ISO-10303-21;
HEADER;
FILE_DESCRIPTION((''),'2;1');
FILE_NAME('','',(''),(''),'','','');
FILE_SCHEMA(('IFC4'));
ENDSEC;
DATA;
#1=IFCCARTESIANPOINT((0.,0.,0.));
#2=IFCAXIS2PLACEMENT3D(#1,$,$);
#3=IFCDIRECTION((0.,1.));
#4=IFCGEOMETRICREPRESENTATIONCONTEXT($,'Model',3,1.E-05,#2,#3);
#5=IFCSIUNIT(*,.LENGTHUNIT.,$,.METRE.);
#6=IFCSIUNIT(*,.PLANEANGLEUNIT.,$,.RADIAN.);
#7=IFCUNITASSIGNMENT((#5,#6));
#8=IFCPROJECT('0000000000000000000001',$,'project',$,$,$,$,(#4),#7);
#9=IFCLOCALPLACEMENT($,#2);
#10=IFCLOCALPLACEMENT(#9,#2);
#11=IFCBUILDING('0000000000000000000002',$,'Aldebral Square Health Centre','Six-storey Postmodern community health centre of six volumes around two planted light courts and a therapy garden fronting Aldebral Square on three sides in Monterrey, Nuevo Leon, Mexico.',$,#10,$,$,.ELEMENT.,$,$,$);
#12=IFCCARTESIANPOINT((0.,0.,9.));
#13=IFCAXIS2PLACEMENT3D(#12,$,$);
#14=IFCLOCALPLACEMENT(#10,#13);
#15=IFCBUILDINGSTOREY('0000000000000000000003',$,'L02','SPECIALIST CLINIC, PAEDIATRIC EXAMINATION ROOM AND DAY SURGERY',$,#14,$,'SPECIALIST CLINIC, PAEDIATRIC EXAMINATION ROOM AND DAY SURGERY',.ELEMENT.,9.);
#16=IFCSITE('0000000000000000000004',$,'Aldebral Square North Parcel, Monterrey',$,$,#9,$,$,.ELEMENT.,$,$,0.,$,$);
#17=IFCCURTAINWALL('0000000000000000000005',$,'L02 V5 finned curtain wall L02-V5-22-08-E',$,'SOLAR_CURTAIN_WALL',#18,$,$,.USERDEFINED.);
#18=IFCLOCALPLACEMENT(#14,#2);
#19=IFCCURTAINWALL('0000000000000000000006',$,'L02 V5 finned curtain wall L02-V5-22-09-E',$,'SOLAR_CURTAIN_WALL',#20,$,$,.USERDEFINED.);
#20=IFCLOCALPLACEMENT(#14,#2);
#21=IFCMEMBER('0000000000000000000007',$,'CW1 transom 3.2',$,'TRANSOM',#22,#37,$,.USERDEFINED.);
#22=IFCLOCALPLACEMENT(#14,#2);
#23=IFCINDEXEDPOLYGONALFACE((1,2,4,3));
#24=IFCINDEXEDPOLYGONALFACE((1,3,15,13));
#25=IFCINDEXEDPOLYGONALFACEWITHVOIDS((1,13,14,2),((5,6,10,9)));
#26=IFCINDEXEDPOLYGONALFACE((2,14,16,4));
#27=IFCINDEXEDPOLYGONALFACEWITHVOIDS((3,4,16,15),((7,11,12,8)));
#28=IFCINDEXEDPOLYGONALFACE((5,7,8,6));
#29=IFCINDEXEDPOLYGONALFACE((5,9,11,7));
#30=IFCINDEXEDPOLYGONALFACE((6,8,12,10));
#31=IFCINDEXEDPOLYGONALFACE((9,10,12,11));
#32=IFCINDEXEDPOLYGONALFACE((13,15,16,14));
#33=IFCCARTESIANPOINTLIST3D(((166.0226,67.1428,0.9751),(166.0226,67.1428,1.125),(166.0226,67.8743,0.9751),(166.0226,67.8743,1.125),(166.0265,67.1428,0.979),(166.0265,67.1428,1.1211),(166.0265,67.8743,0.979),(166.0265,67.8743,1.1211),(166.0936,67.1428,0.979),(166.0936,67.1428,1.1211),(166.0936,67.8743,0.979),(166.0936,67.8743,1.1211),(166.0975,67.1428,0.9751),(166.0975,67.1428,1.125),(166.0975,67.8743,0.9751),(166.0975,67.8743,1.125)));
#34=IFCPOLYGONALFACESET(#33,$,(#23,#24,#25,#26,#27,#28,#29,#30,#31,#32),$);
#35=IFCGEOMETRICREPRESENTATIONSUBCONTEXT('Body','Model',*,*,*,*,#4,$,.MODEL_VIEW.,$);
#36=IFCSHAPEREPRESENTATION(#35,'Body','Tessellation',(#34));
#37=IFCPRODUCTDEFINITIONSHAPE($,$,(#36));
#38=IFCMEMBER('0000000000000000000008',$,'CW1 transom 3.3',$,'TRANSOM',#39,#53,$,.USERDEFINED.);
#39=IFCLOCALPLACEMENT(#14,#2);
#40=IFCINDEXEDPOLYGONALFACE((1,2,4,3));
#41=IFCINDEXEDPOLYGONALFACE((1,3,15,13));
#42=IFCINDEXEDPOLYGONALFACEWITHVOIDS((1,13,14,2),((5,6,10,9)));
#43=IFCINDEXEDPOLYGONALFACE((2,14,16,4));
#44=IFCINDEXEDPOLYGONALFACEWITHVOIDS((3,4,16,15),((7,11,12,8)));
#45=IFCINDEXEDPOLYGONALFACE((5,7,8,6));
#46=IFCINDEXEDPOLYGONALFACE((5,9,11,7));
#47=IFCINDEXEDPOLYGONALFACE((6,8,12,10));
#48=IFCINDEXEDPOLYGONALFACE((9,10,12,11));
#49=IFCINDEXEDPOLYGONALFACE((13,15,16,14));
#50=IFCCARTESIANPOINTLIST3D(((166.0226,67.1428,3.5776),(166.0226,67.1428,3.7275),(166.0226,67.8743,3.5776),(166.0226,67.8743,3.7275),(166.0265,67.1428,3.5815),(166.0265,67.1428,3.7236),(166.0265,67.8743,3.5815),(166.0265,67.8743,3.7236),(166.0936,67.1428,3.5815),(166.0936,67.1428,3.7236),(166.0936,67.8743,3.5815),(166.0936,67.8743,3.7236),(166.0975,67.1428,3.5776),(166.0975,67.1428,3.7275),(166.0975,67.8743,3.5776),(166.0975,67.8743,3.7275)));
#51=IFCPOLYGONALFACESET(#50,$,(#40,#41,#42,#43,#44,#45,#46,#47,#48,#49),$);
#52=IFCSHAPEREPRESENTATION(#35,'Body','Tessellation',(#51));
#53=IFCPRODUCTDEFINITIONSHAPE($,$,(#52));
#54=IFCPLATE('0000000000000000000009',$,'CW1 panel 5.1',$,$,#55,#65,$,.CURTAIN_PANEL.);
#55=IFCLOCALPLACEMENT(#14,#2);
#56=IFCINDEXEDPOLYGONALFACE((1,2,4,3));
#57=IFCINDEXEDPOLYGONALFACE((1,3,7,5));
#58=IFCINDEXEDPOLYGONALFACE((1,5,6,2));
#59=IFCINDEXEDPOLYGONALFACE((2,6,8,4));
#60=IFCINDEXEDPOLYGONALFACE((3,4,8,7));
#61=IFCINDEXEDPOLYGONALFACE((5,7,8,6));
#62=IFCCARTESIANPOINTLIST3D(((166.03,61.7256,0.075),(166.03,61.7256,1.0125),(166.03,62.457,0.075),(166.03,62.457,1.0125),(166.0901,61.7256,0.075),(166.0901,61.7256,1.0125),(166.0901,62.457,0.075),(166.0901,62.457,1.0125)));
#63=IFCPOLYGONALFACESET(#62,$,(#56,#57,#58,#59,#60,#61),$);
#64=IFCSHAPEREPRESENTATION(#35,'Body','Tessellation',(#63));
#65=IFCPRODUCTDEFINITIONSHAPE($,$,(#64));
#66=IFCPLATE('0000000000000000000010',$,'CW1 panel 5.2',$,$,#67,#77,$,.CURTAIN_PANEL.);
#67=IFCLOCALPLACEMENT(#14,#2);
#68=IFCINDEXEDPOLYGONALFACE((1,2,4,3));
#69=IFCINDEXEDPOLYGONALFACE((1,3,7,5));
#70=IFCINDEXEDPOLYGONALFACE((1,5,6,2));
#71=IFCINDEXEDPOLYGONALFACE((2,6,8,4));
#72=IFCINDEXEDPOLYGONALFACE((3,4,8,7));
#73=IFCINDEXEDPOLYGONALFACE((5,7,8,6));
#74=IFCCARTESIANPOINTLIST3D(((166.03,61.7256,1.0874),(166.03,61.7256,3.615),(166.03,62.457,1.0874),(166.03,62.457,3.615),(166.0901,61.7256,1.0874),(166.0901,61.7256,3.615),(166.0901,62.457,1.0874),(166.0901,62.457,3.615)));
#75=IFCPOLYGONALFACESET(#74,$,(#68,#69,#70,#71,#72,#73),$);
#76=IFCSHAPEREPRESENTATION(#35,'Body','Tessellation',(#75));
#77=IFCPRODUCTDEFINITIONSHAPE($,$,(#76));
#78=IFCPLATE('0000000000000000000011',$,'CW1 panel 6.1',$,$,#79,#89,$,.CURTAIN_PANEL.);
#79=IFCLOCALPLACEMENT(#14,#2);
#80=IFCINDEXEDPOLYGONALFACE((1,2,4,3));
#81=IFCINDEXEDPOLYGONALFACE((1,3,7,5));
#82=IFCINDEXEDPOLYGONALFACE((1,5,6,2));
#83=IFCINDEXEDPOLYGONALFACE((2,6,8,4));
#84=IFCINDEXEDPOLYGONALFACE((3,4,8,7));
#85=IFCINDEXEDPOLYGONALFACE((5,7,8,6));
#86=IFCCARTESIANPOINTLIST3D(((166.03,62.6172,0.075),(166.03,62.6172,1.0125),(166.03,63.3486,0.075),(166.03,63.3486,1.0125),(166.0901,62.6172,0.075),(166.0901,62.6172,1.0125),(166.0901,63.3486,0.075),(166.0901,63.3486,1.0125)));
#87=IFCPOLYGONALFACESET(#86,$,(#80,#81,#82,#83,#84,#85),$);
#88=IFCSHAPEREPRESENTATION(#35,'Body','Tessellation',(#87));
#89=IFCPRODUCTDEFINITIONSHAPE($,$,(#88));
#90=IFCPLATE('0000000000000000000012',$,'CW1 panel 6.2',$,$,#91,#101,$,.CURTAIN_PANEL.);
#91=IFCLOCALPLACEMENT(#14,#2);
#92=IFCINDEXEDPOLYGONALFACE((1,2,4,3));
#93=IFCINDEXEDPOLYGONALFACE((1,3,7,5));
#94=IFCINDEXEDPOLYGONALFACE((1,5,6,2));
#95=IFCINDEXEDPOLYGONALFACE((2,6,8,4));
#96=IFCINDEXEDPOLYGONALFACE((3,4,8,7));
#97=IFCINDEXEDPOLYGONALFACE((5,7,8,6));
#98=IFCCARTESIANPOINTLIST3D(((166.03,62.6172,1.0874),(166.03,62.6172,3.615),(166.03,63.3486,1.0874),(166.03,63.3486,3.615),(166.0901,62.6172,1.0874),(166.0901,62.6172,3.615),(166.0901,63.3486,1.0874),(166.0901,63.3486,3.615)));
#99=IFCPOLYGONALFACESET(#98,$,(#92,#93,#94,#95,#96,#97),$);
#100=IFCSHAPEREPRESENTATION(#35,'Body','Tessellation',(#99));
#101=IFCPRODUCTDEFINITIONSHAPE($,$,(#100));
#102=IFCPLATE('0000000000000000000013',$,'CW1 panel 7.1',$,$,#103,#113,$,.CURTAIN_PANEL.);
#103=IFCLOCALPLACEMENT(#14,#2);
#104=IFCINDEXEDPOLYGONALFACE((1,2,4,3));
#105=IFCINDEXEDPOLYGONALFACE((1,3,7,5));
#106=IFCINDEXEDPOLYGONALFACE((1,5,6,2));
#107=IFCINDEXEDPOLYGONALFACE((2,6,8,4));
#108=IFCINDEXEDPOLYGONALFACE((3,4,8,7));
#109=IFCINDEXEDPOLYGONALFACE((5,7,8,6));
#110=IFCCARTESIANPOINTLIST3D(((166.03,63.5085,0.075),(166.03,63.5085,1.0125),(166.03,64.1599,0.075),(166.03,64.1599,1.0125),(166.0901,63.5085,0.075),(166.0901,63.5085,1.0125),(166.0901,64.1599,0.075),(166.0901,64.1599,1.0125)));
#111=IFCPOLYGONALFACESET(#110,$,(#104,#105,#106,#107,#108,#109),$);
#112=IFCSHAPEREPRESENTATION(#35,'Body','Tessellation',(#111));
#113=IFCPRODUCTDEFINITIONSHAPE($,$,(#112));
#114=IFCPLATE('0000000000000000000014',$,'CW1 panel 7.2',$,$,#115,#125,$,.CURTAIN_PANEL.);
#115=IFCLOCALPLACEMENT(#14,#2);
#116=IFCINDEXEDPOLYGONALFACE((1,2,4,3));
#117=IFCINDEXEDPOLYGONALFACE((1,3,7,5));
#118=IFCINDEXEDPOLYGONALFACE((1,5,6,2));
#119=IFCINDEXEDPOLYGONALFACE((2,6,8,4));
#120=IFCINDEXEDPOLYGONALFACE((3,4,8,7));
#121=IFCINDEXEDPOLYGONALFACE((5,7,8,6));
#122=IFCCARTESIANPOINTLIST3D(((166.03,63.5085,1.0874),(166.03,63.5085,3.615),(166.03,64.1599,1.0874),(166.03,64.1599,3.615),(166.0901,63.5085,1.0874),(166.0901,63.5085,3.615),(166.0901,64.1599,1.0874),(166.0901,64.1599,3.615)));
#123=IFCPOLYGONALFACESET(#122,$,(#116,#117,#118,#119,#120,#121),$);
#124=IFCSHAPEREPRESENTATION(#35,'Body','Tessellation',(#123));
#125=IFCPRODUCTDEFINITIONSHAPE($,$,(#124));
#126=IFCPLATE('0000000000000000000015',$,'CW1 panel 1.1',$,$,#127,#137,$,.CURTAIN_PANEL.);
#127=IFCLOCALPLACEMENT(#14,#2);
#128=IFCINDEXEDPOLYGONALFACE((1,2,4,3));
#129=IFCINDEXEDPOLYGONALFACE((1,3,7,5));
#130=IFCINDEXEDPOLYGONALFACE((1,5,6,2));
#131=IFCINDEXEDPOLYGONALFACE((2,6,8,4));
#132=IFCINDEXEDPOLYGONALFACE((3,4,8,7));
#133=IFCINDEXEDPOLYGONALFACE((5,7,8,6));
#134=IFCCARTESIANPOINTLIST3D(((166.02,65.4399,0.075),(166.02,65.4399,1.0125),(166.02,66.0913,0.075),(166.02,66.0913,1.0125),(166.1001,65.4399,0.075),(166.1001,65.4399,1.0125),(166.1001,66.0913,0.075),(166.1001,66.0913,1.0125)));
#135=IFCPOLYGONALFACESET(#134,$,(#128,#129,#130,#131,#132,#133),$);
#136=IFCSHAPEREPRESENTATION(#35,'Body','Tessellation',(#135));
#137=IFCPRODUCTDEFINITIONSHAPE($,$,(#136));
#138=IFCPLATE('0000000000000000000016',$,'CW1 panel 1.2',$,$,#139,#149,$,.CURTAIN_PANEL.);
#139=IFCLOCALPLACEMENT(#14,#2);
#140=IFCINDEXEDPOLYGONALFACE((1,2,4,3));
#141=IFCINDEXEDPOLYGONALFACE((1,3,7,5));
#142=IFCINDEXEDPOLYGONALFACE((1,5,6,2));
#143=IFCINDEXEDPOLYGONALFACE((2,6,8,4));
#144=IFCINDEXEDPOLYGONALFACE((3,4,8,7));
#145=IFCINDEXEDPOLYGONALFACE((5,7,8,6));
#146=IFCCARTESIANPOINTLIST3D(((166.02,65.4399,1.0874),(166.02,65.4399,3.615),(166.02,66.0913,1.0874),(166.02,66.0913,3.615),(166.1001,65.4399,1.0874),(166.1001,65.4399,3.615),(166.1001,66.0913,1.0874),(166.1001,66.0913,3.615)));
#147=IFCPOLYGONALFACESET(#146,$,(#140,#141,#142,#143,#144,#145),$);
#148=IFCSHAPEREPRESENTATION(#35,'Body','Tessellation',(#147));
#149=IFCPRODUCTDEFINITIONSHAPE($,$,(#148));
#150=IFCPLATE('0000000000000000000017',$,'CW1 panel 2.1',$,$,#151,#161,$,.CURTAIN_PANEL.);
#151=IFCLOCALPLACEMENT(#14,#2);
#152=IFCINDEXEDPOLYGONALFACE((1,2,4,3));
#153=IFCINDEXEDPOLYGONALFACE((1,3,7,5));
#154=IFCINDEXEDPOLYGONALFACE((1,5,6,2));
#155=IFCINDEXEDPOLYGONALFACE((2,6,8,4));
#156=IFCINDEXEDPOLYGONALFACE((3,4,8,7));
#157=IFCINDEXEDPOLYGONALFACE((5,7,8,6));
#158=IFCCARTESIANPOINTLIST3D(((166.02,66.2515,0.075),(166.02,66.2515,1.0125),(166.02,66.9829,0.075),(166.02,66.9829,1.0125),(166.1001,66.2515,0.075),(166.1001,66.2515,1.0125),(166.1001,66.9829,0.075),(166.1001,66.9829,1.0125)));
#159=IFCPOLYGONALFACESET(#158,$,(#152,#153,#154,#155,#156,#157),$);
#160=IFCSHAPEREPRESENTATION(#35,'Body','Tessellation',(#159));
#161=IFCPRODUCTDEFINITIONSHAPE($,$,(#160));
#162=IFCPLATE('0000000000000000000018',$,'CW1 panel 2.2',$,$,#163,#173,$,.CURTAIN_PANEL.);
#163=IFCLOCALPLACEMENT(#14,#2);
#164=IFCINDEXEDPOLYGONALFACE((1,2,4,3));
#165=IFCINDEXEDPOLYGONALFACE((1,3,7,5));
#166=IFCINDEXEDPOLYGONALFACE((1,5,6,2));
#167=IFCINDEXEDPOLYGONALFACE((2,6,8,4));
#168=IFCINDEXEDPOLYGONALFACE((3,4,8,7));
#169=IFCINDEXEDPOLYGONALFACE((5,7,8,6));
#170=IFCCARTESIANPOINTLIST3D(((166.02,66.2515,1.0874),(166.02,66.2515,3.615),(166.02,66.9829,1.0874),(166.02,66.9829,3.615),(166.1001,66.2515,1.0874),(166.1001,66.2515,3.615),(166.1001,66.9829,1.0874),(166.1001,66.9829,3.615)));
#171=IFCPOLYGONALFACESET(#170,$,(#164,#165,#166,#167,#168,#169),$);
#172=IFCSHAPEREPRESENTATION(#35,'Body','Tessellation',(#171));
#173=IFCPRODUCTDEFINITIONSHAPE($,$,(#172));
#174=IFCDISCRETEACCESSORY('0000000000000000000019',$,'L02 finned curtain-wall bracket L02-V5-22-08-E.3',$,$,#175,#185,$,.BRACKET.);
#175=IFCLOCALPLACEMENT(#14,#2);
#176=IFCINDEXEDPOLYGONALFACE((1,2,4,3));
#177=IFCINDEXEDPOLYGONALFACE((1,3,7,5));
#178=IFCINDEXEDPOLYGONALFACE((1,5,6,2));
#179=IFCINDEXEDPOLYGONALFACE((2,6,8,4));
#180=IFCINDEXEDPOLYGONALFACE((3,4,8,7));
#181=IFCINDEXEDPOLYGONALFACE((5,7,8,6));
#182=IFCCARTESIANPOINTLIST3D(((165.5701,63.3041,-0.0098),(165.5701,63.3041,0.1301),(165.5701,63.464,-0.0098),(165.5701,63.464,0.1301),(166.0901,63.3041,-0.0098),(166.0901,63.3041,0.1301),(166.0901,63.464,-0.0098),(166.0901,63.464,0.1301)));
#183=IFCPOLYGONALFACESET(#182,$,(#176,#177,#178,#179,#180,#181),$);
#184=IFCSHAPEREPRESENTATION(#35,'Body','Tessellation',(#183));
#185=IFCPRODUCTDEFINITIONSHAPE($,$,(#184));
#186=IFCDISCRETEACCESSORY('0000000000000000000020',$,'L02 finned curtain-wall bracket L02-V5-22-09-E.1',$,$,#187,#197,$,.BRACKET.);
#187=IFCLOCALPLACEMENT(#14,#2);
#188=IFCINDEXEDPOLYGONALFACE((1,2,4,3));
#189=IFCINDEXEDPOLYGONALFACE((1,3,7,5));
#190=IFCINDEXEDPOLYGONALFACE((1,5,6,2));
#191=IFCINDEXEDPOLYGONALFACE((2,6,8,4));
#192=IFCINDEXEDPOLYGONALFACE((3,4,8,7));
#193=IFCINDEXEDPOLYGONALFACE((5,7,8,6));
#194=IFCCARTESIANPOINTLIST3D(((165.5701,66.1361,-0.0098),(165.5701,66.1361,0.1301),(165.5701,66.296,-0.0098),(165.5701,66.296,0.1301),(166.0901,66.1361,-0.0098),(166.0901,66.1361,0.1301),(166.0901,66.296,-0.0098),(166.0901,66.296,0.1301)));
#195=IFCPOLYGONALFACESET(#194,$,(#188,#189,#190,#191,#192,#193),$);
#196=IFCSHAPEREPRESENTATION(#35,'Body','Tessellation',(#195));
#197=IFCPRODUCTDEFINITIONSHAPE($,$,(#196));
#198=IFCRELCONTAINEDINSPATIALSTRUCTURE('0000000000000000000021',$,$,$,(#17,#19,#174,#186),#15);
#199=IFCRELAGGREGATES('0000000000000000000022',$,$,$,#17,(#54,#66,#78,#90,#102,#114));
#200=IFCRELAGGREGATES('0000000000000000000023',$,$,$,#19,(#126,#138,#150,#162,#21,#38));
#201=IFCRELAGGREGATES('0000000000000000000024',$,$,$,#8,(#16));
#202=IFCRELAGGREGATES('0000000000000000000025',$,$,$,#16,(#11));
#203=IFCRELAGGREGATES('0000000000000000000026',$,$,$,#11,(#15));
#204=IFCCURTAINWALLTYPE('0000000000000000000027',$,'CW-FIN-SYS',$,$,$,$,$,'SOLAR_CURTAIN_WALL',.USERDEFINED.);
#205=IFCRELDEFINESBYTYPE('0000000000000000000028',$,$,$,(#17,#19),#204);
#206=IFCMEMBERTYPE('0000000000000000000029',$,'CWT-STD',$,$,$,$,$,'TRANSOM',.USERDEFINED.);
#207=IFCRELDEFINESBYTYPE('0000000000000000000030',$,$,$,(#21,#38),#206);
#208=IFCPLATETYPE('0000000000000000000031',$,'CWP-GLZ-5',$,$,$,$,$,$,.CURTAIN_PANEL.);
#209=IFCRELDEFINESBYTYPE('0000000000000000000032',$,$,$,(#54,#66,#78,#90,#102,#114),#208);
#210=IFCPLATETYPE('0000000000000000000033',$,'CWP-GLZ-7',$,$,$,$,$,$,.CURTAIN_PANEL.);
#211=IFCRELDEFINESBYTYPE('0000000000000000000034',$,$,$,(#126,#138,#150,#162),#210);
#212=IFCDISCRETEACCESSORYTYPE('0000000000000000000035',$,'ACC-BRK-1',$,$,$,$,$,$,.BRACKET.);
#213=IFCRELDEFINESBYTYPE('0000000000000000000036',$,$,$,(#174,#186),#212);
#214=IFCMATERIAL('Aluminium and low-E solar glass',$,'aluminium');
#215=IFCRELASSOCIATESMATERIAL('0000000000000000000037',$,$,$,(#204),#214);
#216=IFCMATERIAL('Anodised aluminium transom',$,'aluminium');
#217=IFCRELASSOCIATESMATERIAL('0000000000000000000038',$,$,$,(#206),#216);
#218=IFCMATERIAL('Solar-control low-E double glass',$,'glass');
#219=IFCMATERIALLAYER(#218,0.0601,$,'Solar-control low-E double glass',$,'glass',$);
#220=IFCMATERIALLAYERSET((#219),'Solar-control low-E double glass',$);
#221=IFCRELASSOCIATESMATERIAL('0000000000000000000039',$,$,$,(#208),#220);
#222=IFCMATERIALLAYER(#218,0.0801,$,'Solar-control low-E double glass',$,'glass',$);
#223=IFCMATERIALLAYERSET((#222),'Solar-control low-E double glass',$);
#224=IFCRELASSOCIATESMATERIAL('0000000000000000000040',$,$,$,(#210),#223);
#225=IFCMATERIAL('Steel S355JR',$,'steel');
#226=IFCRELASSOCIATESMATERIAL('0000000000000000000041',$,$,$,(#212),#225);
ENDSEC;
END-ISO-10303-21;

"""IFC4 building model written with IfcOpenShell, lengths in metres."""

from ifc_helpers import new_model, si_unit, direction, frame, origin, origin_2d, place, context, subcontext, project, spatial, rectangle, hollow_rectangle, extrude, material, layer, layer_set, material_profile, profile_set, type_object, element, aggregate, save


model = new_model("IFC4")

# Units and contexts
model_context = context("Model", 3, precision=1e-05, world=origin(), true_north=direction((0.0, 1.0)))
body_context = subcontext(model_context, "Body", "Model", "MODEL_VIEW")
ifc_project = project(units=[si_unit("LENGTHUNIT", "METRE"), si_unit("PLANEANGLEUNIT", "RADIAN")], contexts=[model_context])

# Site, building, storey
site_placement = place(None, origin())
site = spatial("IfcSite", under=ifc_project, at=site_placement, Name="Aldebral Square North Parcel, Monterrey", CompositionType="ELEMENT", RefElevation=0.0)
building_placement = place(site_placement, origin())
building = spatial("IfcBuilding", under=site, at=building_placement, Name="Aldebral Square Health Centre", Description="Six-storey Postmodern community health centre of six volumes around two planted light courts and a therapy garden fronting Aldebral Square on three sides in Monterrey, Nuevo Leon, Mexico.", CompositionType="ELEMENT")
storey_placement = place(building_placement, frame((0.0, 0.0, 9.0)))
storey = spatial("IfcBuildingStorey", under=building, at=storey_placement, Name="L02", Description="SPECIALIST CLINIC, PAEDIATRIC EXAMINATION ROOM AND DAY SURGERY", LongName="SPECIALIST CLINIC, PAEDIATRIC EXAMINATION ROOM AND DAY SURGERY", CompositionType="ELEMENT", Elevation=9.0)

# Curtain walls
ifc_material_1 = material(Name="Aluminium and low-E solar glass", Category="aluminium")
curtain_wall_type = type_object("IfcCurtainWallType", Name="CW-FIN-SYS", ElementType="SOLAR_CURTAIN_WALL", PredefinedType="USERDEFINED", material=ifc_material_1)
curtain_wall_1_placement = place(storey_placement, origin())
curtain_wall_1 = element("IfcCurtainWall", 1, at=curtain_wall_1_placement, inside=storey, type_object=curtain_wall_type, Name="L02 V5 finned curtain wall L02-V5-22-08-E", ObjectType="SOLAR_CURTAIN_WALL", PredefinedType="USERDEFINED")
curtain_wall_2_placement = place(storey_placement, origin())
curtain_wall_2 = element("IfcCurtainWall", 2, at=curtain_wall_2_placement, inside=storey, type_object=curtain_wall_type, Name="L02 V5 finned curtain wall L02-V5-22-09-E", ObjectType="SOLAR_CURTAIN_WALL", PredefinedType="USERDEFINED")

# Members
ifc_material_2 = material(Name="Anodised aluminium transom", Category="aluminium")
ifc_material_profile_1 = material_profile(ifc_material_2, hollow_rectangle(XDim=0.075, YDim=0.1499, WallThickness=0.0039, at=origin_2d()), Name="CWT 75x150x4")
ifc_profile_set_1 = profile_set([ifc_material_profile_1], Name="Anodised aluminium transom")
member_type_1 = type_object("IfcMemberType", Name="CWT-STD", ElementType="TRANSOM", PredefinedType="USERDEFINED", material=ifc_profile_set_1)
member_1_placement = place(storey_placement, frame((166.0601, 67.1428, 1.05), z_axis=(0.0, 1.0, 0.0), x_axis=(-1.0, 0.0, 0.0)))
member_1 = element("IfcMember", 3, at=member_1_placement, type_object=member_type_1, Name="CW1 transom 3.2", ObjectType="TRANSOM", PredefinedType="USERDEFINED", context=body_context, shape_type="SweptSolid", body=[
    extrude(hollow_rectangle(XDim=0.075, YDim=0.1499, WallThickness=0.0039, at=origin_2d()), origin(), (0.0, 0.0, 1.0), 0.7314),
])
member_2_placement = place(storey_placement, frame((166.0601, 67.1428, 3.6526), z_axis=(0.0, 1.0, 0.0), x_axis=(-1.0, 0.0, 0.0)))
member_2 = element("IfcMember", 4, at=member_2_placement, type_object=member_type_1, Name="CW1 transom 3.3", ObjectType="TRANSOM", PredefinedType="USERDEFINED", context=body_context, shape_type="SweptSolid", body=[
    extrude(hollow_rectangle(XDim=0.075, YDim=0.1499, WallThickness=0.0039, at=origin_2d()), origin(), (0.0, 0.0, 1.0), 0.7314),
])

# Plates
ifc_material_3 = material(Name="Solar-control low-E double glass", Category="glass")
ifc_layer_1 = layer(ifc_material_3, 0.0601, Name="Solar-control low-E double glass", Category="glass")
ifc_layer_set_1 = layer_set([ifc_layer_1], Name="Solar-control low-E double glass")
plate_type_1 = type_object("IfcPlateType", Name="CWP-GLZ-5", PredefinedType="CURTAIN_PANEL", material=ifc_layer_set_1)
plate_1_placement = place(storey_placement, frame((166.0601, 62.0913, 0.075), z_axis=(0.0, 0.0, 1.0), x_axis=(0.0, 1.0, 0.0)))
plate_1 = element("IfcPlate", 5, at=plate_1_placement, type_object=plate_type_1, Name="CW1 panel 5.1", PredefinedType="CURTAIN_PANEL", context=body_context, shape_type="SweptSolid", body=[
    extrude(rectangle(XDim=0.7314, YDim=0.0601, at=origin_2d()), origin(), (0.0, 0.0, 1.0), 0.9375),
])
plate_2_placement = place(storey_placement, frame((166.0601, 62.0913, 1.0874), z_axis=(0.0, 0.0, 1.0), x_axis=(0.0, 1.0, 0.0)))
plate_2 = element("IfcPlate", 6, at=plate_2_placement, type_object=plate_type_1, Name="CW1 panel 5.2", PredefinedType="CURTAIN_PANEL", context=body_context, shape_type="SweptSolid", body=[
    extrude(rectangle(XDim=0.7314, YDim=0.0601, at=origin_2d()), origin(), (0.0, 0.0, 1.0), 2.5276),
])
plate_3_placement = place(storey_placement, frame((166.0601, 62.9829, 0.075), z_axis=(0.0, 0.0, 1.0), x_axis=(0.0, 1.0, 0.0)))
plate_3 = element("IfcPlate", 7, at=plate_3_placement, type_object=plate_type_1, Name="CW1 panel 6.1", PredefinedType="CURTAIN_PANEL", context=body_context, shape_type="SweptSolid", body=[
    extrude(rectangle(XDim=0.7314, YDim=0.0601, at=origin_2d()), origin(), (0.0, 0.0, 1.0), 0.9375),
])
plate_4_placement = place(storey_placement, frame((166.0601, 62.9829, 1.0874), z_axis=(0.0, 0.0, 1.0), x_axis=(0.0, 1.0, 0.0)))
plate_4 = element("IfcPlate", 8, at=plate_4_placement, type_object=plate_type_1, Name="CW1 panel 6.2", PredefinedType="CURTAIN_PANEL", context=body_context, shape_type="SweptSolid", body=[
    extrude(rectangle(XDim=0.7314, YDim=0.0601, at=origin_2d()), origin(), (0.0, 0.0, 1.0), 2.5276),
])
plate_5_placement = place(storey_placement, frame((166.0601, 63.8342, 0.075), z_axis=(0.0, 0.0, 1.0), x_axis=(0.0, 1.0, 0.0)))
plate_5 = element("IfcPlate", 9, at=plate_5_placement, type_object=plate_type_1, Name="CW1 panel 7.1", PredefinedType="CURTAIN_PANEL", context=body_context, shape_type="SweptSolid", body=[
    extrude(rectangle(XDim=0.6514, YDim=0.0601, at=origin_2d()), origin(), (0.0, 0.0, 1.0), 0.9375),
])
plate_6_placement = place(storey_placement, frame((166.0601, 63.8342, 1.0874), z_axis=(0.0, 0.0, 1.0), x_axis=(0.0, 1.0, 0.0)))
plate_6 = element("IfcPlate", 10, at=plate_6_placement, type_object=plate_type_1, Name="CW1 panel 7.2", PredefinedType="CURTAIN_PANEL", context=body_context, shape_type="SweptSolid", body=[
    extrude(rectangle(XDim=0.6514, YDim=0.0601, at=origin_2d()), origin(), (0.0, 0.0, 1.0), 2.5276),
])
aggregate(curtain_wall_1, [plate_1, plate_2, plate_3, plate_4, plate_5, plate_6])
ifc_layer_2 = layer(ifc_material_3, 0.0801, Name="Solar-control low-E double glass", Category="glass")
ifc_layer_set_2 = layer_set([ifc_layer_2], Name="Solar-control low-E double glass")
plate_type_2 = type_object("IfcPlateType", Name="CWP-GLZ-7", PredefinedType="CURTAIN_PANEL", material=ifc_layer_set_2)
plate_7_placement = place(storey_placement, frame((166.0601, 65.7656, 0.075), z_axis=(0.0, 0.0, 1.0), x_axis=(0.0, 1.0, 0.0)))
plate_7 = element("IfcPlate", 11, at=plate_7_placement, type_object=plate_type_2, Name="CW1 panel 1.1", PredefinedType="CURTAIN_PANEL", context=body_context, shape_type="SweptSolid", body=[
    extrude(rectangle(XDim=0.6514, YDim=0.0801, at=origin_2d()), origin(), (0.0, 0.0, 1.0), 0.9375),
])
plate_8_placement = place(storey_placement, frame((166.0601, 65.7656, 1.0874), z_axis=(0.0, 0.0, 1.0), x_axis=(0.0, 1.0, 0.0)))
plate_8 = element("IfcPlate", 12, at=plate_8_placement, type_object=plate_type_2, Name="CW1 panel 1.2", PredefinedType="CURTAIN_PANEL", context=body_context, shape_type="SweptSolid", body=[
    extrude(rectangle(XDim=0.6514, YDim=0.0801, at=origin_2d()), origin(), (0.0, 0.0, 1.0), 2.5276),
])
plate_9_placement = place(storey_placement, frame((166.0601, 66.6172, 0.075), z_axis=(0.0, 0.0, 1.0), x_axis=(0.0, 1.0, 0.0)))
plate_9 = element("IfcPlate", 13, at=plate_9_placement, type_object=plate_type_2, Name="CW1 panel 2.1", PredefinedType="CURTAIN_PANEL", context=body_context, shape_type="SweptSolid", body=[
    extrude(rectangle(XDim=0.7314, YDim=0.0801, at=origin_2d()), origin(), (0.0, 0.0, 1.0), 0.9375),
])
plate_10_placement = place(storey_placement, frame((166.0601, 66.6172, 1.0874), z_axis=(0.0, 0.0, 1.0), x_axis=(0.0, 1.0, 0.0)))
plate_10 = element("IfcPlate", 14, at=plate_10_placement, type_object=plate_type_2, Name="CW1 panel 2.2", PredefinedType="CURTAIN_PANEL", context=body_context, shape_type="SweptSolid", body=[
    extrude(rectangle(XDim=0.7314, YDim=0.0801, at=origin_2d()), origin(), (0.0, 0.0, 1.0), 2.5276),
])
aggregate(curtain_wall_2, [plate_7, plate_8, plate_9, plate_10, member_1, member_2])

# Discrete accessories
ifc_material_4 = material(Name="Steel S355JR", Category="steel")
discrete_accessory_type = type_object("IfcDiscreteAccessoryType", Name="ACC-BRK-1", PredefinedType="BRACKET", material=ifc_material_4)
for number, where, z_axis, x_axis, name in (
    (15, (165.8301, 63.384, -0.0098), (0.0, 0.0, 1.0), (0.0, 1.0, 0.0), "L02 finned curtain-wall bracket L02-V5-22-08-E.3"),
    (16, (165.8301, 66.2161, -0.0098), (0.0, 0.0, 1.0), (0.0, 1.0, 0.0), "L02 finned curtain-wall bracket L02-V5-22-09-E.1"),
):
    element("IfcDiscreteAccessory", number, at=place(storey_placement, frame(where, z_axis=z_axis, x_axis=x_axis)), inside=storey, type_object=discrete_accessory_type, Name=name, PredefinedType="BRACKET", context=body_context, shape_type="SweptSolid", body=[
        extrude(rectangle(XDim=0.1599, YDim=0.52, at=origin_2d()), origin(), (0.0, 0.0, 1.0), 0.1399),
    ])

save(model, "model.ifc")
